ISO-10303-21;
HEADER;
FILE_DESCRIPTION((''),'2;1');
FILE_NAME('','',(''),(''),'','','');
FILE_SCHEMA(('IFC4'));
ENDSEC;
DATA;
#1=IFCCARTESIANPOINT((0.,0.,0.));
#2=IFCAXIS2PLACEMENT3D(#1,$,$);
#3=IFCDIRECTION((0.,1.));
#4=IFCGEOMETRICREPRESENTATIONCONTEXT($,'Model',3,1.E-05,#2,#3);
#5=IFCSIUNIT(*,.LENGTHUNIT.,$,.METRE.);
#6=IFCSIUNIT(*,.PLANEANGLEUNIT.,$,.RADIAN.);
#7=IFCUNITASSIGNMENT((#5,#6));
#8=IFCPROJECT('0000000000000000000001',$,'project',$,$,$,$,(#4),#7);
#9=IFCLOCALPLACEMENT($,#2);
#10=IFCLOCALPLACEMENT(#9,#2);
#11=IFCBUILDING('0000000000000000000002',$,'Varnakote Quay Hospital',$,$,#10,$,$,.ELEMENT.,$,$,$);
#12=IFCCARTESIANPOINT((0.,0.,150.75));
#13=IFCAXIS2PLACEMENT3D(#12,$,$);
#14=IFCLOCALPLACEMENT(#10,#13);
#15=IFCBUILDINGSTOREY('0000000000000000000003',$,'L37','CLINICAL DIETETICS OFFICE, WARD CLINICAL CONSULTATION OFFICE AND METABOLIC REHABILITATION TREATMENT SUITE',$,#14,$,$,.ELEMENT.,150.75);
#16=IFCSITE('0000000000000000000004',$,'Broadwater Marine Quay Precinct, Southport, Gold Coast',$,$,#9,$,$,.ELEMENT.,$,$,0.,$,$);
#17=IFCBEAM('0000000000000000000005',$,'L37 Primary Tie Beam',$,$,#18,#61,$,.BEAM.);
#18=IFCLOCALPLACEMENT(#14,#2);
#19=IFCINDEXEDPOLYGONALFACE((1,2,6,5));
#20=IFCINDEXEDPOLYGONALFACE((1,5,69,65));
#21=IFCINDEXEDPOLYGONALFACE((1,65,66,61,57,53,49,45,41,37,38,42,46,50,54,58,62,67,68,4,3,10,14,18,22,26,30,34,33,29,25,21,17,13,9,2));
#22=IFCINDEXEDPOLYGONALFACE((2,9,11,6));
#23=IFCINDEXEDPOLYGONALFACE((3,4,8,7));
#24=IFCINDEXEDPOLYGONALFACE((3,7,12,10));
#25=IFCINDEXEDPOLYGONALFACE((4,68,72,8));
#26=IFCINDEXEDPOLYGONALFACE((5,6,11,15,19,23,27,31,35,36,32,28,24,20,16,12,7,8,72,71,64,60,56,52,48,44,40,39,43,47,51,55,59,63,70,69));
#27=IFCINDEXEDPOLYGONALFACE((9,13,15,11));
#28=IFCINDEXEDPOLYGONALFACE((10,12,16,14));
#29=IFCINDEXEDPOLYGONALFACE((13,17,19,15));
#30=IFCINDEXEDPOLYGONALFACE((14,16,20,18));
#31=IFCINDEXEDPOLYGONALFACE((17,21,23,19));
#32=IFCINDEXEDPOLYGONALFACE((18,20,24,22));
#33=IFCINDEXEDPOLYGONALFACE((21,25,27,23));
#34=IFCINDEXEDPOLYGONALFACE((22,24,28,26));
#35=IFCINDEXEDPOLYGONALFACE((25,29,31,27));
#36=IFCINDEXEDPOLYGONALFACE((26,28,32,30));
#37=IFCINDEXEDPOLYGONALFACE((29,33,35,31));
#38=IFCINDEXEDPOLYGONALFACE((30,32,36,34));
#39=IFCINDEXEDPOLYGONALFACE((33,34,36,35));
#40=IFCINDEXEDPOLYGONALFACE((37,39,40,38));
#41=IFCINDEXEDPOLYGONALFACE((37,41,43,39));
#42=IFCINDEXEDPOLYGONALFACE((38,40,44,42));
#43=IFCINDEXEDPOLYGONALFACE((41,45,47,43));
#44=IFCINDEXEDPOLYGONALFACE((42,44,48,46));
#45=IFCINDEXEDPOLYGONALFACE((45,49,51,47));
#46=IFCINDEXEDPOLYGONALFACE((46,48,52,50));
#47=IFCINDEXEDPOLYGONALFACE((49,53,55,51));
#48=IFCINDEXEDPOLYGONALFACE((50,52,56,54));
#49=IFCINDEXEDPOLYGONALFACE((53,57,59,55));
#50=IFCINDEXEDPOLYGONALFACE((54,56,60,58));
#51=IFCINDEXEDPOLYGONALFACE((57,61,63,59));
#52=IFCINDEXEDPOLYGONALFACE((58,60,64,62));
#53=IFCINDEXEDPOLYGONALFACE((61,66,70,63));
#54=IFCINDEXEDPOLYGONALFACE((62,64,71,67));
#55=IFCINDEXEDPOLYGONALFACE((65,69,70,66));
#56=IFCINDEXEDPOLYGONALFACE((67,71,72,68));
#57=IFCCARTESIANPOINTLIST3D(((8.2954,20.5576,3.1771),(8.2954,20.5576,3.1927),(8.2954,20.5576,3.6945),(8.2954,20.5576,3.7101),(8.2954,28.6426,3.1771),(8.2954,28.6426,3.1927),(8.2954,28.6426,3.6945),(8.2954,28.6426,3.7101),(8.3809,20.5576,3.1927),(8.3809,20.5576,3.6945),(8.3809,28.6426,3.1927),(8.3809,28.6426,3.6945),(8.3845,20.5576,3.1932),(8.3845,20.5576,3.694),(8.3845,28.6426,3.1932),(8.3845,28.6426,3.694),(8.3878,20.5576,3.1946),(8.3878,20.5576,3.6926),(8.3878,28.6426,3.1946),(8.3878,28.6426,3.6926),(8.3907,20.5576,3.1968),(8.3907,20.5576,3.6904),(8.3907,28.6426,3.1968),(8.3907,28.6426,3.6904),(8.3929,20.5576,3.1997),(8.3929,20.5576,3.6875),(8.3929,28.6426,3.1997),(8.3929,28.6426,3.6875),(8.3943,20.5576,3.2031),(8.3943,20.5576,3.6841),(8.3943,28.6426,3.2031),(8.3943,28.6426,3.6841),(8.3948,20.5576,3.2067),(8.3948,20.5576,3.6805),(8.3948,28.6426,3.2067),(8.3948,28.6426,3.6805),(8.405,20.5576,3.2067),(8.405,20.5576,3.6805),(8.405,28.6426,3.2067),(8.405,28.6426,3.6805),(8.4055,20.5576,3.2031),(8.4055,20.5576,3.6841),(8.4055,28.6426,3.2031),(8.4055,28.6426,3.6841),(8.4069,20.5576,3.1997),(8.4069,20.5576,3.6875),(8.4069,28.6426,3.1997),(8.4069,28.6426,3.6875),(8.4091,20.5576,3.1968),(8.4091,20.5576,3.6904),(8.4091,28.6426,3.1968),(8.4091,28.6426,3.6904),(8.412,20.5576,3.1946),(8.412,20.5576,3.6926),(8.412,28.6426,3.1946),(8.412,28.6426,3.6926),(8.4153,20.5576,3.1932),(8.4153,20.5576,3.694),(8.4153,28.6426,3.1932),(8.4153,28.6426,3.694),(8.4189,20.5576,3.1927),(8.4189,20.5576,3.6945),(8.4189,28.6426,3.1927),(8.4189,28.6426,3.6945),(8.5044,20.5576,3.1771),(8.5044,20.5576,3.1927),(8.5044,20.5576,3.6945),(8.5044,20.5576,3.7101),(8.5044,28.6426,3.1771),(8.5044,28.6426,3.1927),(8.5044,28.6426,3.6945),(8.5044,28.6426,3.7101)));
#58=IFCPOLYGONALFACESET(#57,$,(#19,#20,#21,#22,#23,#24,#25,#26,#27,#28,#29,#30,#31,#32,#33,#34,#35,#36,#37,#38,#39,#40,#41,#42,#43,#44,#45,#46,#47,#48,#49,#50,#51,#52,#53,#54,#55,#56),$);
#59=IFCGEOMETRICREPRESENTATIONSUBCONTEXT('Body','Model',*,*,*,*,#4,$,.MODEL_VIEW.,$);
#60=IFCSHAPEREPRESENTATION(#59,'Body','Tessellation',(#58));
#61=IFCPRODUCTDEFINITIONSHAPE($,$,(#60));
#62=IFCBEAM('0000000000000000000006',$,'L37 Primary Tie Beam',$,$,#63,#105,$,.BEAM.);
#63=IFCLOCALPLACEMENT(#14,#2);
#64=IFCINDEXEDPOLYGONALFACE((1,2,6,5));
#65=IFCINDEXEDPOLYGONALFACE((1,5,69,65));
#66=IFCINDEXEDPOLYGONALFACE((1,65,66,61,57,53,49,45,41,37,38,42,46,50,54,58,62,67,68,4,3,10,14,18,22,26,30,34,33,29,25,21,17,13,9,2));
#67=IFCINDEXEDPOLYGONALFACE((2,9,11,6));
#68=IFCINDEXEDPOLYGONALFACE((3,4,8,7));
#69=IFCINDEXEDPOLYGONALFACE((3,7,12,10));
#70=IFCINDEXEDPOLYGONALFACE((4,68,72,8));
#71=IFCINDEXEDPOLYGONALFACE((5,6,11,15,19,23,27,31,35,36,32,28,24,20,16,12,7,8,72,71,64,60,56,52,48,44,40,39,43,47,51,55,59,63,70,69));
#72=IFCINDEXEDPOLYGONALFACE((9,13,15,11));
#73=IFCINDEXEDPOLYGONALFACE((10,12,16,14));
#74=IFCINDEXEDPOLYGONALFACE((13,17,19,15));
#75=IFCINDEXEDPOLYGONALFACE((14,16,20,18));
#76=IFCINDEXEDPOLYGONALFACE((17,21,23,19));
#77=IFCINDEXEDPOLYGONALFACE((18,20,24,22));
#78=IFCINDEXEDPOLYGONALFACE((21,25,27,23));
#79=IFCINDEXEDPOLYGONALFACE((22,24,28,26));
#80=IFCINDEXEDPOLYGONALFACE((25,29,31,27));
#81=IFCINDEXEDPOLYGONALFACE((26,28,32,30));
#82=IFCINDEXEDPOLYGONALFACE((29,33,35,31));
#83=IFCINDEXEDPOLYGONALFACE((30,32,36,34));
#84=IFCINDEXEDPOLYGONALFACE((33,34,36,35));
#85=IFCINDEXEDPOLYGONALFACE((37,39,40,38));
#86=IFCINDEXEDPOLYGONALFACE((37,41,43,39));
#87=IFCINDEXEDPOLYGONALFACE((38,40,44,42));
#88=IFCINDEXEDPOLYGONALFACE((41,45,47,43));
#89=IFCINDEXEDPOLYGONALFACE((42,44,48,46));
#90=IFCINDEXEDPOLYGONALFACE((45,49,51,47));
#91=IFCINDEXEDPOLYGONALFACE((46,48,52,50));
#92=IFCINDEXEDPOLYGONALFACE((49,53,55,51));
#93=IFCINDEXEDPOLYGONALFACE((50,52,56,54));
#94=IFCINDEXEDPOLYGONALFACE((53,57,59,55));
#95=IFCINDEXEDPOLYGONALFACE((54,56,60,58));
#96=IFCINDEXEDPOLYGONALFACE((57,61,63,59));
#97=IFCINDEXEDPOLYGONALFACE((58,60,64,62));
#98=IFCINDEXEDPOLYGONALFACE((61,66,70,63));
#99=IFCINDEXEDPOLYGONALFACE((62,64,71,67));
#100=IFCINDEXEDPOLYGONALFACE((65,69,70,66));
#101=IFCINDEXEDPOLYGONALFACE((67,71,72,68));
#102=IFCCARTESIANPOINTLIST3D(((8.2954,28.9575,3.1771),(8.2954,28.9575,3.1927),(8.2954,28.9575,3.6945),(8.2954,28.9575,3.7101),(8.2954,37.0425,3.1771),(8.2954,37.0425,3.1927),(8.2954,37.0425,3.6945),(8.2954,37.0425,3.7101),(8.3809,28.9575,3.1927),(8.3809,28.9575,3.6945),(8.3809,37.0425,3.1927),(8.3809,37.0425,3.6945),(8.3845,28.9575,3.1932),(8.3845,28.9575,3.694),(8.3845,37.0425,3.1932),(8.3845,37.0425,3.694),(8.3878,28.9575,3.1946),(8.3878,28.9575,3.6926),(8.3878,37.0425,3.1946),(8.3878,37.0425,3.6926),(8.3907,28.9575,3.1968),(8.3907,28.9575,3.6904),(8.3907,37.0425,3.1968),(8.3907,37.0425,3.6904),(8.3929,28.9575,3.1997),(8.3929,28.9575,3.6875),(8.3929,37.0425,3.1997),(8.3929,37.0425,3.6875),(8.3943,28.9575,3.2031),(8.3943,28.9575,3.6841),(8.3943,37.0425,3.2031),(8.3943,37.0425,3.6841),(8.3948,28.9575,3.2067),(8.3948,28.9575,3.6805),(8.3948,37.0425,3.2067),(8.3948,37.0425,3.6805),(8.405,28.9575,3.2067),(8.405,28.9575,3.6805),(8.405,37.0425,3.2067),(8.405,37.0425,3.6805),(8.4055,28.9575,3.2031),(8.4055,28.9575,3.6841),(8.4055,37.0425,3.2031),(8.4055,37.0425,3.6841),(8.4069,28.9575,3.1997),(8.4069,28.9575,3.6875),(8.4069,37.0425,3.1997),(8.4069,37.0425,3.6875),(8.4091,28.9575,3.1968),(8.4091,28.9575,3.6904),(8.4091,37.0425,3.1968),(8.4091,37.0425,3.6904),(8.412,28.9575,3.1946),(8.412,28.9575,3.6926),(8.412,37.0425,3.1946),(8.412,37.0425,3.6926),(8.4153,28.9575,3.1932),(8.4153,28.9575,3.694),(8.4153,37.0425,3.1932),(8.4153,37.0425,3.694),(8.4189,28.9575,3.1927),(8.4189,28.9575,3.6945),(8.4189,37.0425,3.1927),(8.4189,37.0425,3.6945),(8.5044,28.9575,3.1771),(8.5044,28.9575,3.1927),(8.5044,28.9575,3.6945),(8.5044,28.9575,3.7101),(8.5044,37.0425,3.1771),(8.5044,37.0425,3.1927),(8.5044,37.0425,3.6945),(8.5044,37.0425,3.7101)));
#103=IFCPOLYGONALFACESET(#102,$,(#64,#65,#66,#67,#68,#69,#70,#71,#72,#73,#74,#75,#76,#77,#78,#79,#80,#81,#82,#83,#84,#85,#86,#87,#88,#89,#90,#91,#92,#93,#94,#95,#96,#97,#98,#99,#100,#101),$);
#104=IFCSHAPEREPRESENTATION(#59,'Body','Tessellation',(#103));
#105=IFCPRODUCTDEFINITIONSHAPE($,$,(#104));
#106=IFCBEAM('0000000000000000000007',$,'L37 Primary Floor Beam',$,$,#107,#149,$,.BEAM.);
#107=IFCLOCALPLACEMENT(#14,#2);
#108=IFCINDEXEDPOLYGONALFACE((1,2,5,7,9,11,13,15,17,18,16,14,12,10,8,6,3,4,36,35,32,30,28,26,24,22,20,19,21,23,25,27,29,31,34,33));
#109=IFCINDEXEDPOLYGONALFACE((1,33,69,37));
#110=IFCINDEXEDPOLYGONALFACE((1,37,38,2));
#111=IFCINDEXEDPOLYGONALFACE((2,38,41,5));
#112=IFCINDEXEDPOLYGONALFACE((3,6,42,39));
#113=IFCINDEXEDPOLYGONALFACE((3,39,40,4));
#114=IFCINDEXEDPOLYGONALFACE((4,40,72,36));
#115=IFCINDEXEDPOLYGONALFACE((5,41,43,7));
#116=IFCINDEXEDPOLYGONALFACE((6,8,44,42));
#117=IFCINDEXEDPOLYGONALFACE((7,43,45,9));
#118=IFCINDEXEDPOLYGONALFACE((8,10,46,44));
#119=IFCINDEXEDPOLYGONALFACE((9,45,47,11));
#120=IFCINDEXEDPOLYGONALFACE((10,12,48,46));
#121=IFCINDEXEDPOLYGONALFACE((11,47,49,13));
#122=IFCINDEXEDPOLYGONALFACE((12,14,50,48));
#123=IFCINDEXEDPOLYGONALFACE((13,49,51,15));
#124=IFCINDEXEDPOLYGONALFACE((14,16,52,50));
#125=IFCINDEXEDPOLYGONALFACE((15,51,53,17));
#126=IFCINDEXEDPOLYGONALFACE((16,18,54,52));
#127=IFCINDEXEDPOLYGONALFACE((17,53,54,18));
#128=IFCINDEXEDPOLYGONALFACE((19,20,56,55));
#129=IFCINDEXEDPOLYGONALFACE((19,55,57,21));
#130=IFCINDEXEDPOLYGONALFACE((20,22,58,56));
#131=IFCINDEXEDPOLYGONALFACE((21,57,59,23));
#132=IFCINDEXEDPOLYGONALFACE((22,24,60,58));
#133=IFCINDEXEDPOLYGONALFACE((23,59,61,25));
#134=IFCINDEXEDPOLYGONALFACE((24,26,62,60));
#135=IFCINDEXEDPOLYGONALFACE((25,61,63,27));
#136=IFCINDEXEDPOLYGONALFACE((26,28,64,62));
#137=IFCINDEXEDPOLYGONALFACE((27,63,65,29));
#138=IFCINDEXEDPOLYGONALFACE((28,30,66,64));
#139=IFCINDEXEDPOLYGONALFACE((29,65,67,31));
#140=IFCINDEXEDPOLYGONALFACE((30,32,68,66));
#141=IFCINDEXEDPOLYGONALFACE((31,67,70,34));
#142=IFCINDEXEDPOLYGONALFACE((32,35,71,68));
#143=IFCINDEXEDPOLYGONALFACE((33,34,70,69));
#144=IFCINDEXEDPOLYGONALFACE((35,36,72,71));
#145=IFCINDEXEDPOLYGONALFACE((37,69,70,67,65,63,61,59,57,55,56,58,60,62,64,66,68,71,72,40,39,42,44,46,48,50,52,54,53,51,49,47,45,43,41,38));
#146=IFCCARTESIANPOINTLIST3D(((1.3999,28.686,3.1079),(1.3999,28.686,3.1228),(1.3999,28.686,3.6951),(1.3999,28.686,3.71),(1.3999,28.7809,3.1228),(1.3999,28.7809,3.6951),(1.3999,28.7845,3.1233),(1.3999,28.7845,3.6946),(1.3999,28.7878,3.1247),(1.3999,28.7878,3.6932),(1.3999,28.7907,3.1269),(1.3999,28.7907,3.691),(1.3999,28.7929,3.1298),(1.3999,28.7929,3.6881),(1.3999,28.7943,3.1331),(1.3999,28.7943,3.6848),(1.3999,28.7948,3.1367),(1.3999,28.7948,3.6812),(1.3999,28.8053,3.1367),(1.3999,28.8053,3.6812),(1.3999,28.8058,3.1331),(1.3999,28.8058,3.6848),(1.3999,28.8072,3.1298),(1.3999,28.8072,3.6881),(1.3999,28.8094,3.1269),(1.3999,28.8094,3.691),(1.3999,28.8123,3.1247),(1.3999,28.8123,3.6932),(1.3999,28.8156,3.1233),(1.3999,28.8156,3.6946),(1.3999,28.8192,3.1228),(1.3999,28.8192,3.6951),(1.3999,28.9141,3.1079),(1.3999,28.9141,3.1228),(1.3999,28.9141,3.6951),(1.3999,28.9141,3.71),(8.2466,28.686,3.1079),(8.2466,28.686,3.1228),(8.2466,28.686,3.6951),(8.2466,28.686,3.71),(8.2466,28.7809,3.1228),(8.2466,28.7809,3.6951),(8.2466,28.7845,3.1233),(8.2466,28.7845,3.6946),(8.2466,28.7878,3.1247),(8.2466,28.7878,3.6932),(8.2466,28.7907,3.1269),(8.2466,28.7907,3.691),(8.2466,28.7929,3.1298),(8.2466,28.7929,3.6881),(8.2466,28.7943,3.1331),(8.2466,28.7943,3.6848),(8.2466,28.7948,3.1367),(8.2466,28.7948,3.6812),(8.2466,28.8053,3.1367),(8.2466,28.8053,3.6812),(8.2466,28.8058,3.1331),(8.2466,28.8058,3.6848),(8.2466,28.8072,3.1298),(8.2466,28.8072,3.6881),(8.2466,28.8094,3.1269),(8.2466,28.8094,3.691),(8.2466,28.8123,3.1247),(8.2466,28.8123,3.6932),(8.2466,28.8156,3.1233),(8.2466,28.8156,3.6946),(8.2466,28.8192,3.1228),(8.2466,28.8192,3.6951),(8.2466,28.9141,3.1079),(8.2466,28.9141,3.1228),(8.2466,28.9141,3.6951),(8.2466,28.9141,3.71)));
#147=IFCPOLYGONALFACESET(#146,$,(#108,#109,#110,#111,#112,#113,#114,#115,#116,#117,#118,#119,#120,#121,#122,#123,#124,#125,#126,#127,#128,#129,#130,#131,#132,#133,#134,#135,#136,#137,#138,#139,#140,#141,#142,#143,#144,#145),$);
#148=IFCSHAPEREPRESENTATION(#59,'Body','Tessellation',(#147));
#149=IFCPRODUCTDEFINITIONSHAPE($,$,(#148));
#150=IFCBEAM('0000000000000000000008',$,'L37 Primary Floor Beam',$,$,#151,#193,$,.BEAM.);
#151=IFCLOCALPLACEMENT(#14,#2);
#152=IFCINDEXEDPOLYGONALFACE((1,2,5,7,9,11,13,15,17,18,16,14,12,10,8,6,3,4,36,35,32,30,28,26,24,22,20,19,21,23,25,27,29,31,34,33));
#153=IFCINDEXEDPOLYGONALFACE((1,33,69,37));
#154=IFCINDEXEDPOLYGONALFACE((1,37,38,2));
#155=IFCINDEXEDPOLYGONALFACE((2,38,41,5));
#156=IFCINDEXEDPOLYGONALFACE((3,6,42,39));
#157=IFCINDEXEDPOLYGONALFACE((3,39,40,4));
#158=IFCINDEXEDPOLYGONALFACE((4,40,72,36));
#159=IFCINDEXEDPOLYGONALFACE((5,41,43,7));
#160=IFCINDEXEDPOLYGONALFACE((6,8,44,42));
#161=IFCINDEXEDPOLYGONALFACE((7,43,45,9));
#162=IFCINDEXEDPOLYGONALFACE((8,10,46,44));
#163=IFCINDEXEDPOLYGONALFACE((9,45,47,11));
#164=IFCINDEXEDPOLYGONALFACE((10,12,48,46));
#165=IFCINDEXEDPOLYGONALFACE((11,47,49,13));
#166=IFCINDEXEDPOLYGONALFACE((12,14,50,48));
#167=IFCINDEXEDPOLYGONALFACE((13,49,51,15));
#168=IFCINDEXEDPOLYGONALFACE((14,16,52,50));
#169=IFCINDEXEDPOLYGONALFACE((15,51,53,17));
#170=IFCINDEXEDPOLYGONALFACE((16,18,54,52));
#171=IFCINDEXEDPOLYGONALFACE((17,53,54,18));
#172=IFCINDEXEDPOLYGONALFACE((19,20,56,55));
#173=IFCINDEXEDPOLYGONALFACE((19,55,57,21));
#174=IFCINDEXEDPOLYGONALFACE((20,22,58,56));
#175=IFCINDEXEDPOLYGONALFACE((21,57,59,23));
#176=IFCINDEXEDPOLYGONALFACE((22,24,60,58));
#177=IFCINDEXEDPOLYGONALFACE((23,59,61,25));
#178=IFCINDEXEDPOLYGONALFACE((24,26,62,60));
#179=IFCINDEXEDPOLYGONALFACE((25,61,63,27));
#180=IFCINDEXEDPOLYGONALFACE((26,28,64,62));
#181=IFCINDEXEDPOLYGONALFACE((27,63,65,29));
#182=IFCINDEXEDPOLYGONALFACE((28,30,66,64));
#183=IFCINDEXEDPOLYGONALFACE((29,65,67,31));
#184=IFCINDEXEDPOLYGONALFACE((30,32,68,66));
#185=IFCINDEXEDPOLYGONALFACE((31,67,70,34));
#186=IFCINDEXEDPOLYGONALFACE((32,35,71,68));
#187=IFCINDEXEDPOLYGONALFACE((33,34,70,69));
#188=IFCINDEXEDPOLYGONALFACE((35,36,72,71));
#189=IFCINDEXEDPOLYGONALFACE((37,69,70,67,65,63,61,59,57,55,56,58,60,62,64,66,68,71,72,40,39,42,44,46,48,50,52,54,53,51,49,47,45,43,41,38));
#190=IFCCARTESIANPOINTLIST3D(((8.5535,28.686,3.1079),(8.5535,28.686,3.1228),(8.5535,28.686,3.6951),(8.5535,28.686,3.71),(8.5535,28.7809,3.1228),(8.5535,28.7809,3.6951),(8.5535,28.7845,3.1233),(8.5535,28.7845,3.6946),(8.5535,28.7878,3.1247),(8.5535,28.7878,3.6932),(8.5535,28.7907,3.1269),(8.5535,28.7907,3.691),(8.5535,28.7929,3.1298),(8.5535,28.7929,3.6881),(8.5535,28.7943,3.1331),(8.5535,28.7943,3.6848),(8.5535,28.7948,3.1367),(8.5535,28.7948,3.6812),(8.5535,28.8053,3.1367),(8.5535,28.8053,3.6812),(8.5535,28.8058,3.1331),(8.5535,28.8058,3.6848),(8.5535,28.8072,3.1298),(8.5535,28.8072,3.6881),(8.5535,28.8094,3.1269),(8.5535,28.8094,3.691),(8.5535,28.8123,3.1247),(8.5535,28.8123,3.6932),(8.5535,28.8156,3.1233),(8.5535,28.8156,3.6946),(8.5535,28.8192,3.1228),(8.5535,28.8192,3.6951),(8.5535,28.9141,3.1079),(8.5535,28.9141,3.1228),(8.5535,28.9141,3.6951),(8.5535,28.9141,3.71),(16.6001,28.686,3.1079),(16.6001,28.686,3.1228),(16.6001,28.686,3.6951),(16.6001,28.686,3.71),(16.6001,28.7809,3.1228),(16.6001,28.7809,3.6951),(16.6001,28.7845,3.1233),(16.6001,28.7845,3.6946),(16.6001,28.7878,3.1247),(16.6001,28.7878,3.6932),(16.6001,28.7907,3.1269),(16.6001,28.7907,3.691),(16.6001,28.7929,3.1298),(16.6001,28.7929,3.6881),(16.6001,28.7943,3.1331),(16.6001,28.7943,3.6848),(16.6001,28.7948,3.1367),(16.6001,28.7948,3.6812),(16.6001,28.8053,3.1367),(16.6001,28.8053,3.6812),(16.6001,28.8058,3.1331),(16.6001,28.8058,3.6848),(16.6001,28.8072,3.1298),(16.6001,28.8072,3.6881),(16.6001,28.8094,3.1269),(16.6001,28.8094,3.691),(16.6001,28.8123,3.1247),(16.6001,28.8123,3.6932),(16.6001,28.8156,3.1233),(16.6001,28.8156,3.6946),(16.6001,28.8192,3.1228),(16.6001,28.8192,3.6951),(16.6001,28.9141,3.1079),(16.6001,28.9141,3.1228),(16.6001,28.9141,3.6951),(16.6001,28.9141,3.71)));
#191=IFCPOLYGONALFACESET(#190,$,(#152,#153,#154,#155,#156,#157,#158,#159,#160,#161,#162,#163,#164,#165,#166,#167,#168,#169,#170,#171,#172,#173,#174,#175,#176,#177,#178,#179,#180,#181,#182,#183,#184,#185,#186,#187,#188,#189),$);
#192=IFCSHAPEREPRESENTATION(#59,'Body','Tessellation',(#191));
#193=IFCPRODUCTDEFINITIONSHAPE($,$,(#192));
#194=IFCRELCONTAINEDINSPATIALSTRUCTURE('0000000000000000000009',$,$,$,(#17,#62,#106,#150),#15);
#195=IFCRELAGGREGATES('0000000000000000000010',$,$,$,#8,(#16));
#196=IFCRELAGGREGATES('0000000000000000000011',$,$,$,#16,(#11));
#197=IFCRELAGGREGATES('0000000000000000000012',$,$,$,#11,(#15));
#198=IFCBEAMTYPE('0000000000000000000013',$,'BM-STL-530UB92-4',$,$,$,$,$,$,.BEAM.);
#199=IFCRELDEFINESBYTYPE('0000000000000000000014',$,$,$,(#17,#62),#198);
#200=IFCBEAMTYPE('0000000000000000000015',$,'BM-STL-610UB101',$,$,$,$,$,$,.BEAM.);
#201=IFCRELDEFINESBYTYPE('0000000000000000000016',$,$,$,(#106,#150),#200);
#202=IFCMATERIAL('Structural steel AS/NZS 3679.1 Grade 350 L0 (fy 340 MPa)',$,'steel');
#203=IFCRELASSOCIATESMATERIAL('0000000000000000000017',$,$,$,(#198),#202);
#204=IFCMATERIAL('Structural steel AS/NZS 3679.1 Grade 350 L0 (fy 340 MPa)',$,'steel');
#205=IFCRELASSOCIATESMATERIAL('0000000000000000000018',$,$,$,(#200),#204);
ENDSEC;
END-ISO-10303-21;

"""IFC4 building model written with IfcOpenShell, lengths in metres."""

from ifc_helpers import new_model, si_unit, direction, frame, origin, origin_2d, place, context, subcontext, project, spatial, i_section, extrude, material, material_profile, profile_set, type_object, element, save


model = new_model("IFC4")

# Units and contexts
model_context = context("Model", 3, precision=1e-05, world=origin(), true_north=direction((0.0, 1.0)))
body_context = subcontext(model_context, "Body", "Model", "MODEL_VIEW")
ifc_project = project(units=[si_unit("LENGTHUNIT", "METRE"), si_unit("PLANEANGLEUNIT", "RADIAN")], contexts=[model_context])

# Site, building, storey
site_placement = place(None, origin())
site = spatial("IfcSite", under=ifc_project, at=site_placement, Name="Broadwater Marine Quay Precinct, Southport, Gold Coast", CompositionType="ELEMENT", RefElevation=0.0)
building_placement = place(site_placement, origin())
building = spatial("IfcBuilding", under=site, at=building_placement, Name="Varnakote Quay Hospital", CompositionType="ELEMENT")
storey_placement = place(building_placement, frame((0.0, 0.0, 150.75)))
storey = spatial("IfcBuildingStorey", under=building, at=storey_placement, Name="L37", Description="CLINICAL DIETETICS OFFICE, WARD CLINICAL CONSULTATION OFFICE AND METABOLIC REHABILITATION TREATMENT SUITE", CompositionType="ELEMENT", Elevation=150.75)

# Beams
ifc_material_1 = material(Name="Structural steel AS/NZS 3679.1 Grade 350 L0 (fy 340 MPa)", Category="steel")
ifc_material_profile_1 = material_profile(ifc_material_1, i_section(OverallWidth=0.209, OverallDepth=0.533, WebThickness=0.0103, FlangeThickness=0.0156, FilletRadius=0.0139, at=origin_2d()), Name="530UB92.4")
ifc_profile_set_1 = profile_set([ifc_material_profile_1], Name="Structural steel AS/NZS 3679.1 Grade 350 L0 (fy 340 MPa)")
beam_type_1 = type_object("IfcBeamType", Name="BM-STL-530UB92-4", PredefinedType="BEAM", material=ifc_profile_set_1)
for number, where, z_axis, x_axis, name in (
    (1, (8.3999, 20.5576, 3.4436), (0.0, 1.0, 0.0), (-1.0, 0.0, 0.0), "L37 Primary Tie Beam"),
    (2, (8.3999, 28.9575, 3.4436), (0.0, 1.0, 0.0), (-1.0, 0.0, 0.0), "L37 Primary Tie Beam"),
):
    element("IfcBeam", number, at=place(storey_placement, frame(where, z_axis=z_axis, x_axis=x_axis)), inside=storey, type_object=beam_type_1, Name=name, PredefinedType="BEAM", context=body_context, shape_type="SweptSolid", body=[
        extrude(i_section(OverallWidth=0.209, OverallDepth=0.533, WebThickness=0.0103, FlangeThickness=0.0156, FilletRadius=0.0139, at=origin_2d()), origin(), (0.0, 0.0, 1.0), 8.085),
    ])
ifc_material_2 = material(Name="Structural steel AS/NZS 3679.1 Grade 350 L0 (fy 340 MPa)", Category="steel")
ifc_material_profile_2 = material_profile(ifc_material_2, i_section(OverallWidth=0.228, OverallDepth=0.6021, WebThickness=0.0105, FlangeThickness=0.0149, FilletRadius=0.0139, at=origin_2d()), Name="610UB101")
ifc_profile_set_2 = profile_set([ifc_material_profile_2], Name="Structural steel AS/NZS 3679.1 Grade 350 L0 (fy 340 MPa)")
beam_type_2 = type_object("IfcBeamType", Name="BM-STL-610UB101", PredefinedType="BEAM", material=ifc_profile_set_2)
beam_1_placement = place(storey_placement, frame((1.3999, 28.8, 3.4089), z_axis=(1.0, 0.0, 0.0), x_axis=(0.0, 1.0, 0.0)))
element("IfcBeam", 3, at=beam_1_placement, inside=storey, type_object=beam_type_2, Name="L37 Primary Floor Beam", PredefinedType="BEAM", context=body_context, shape_type="SweptSolid", body=[
    extrude(i_section(OverallWidth=0.228, OverallDepth=0.6021, WebThickness=0.0105, FlangeThickness=0.0149, FilletRadius=0.0139, at=origin_2d()), origin(), (0.0, 0.0, 1.0), 6.8467),
])
beam_2_placement = place(storey_placement, frame((8.5535, 28.8, 3.4089), z_axis=(1.0, 0.0, 0.0), x_axis=(0.0, 1.0, 0.0)))
element("IfcBeam", 4, at=beam_2_placement, inside=storey, type_object=beam_type_2, Name="L37 Primary Floor Beam", PredefinedType="BEAM", context=body_context, shape_type="SweptSolid", body=[
    extrude(i_section(OverallWidth=0.228, OverallDepth=0.6021, WebThickness=0.0105, FlangeThickness=0.0149, FilletRadius=0.0139, at=origin_2d()), origin(), (0.0, 0.0, 1.0), 8.0466),
])

save(model, "model.ifc")
